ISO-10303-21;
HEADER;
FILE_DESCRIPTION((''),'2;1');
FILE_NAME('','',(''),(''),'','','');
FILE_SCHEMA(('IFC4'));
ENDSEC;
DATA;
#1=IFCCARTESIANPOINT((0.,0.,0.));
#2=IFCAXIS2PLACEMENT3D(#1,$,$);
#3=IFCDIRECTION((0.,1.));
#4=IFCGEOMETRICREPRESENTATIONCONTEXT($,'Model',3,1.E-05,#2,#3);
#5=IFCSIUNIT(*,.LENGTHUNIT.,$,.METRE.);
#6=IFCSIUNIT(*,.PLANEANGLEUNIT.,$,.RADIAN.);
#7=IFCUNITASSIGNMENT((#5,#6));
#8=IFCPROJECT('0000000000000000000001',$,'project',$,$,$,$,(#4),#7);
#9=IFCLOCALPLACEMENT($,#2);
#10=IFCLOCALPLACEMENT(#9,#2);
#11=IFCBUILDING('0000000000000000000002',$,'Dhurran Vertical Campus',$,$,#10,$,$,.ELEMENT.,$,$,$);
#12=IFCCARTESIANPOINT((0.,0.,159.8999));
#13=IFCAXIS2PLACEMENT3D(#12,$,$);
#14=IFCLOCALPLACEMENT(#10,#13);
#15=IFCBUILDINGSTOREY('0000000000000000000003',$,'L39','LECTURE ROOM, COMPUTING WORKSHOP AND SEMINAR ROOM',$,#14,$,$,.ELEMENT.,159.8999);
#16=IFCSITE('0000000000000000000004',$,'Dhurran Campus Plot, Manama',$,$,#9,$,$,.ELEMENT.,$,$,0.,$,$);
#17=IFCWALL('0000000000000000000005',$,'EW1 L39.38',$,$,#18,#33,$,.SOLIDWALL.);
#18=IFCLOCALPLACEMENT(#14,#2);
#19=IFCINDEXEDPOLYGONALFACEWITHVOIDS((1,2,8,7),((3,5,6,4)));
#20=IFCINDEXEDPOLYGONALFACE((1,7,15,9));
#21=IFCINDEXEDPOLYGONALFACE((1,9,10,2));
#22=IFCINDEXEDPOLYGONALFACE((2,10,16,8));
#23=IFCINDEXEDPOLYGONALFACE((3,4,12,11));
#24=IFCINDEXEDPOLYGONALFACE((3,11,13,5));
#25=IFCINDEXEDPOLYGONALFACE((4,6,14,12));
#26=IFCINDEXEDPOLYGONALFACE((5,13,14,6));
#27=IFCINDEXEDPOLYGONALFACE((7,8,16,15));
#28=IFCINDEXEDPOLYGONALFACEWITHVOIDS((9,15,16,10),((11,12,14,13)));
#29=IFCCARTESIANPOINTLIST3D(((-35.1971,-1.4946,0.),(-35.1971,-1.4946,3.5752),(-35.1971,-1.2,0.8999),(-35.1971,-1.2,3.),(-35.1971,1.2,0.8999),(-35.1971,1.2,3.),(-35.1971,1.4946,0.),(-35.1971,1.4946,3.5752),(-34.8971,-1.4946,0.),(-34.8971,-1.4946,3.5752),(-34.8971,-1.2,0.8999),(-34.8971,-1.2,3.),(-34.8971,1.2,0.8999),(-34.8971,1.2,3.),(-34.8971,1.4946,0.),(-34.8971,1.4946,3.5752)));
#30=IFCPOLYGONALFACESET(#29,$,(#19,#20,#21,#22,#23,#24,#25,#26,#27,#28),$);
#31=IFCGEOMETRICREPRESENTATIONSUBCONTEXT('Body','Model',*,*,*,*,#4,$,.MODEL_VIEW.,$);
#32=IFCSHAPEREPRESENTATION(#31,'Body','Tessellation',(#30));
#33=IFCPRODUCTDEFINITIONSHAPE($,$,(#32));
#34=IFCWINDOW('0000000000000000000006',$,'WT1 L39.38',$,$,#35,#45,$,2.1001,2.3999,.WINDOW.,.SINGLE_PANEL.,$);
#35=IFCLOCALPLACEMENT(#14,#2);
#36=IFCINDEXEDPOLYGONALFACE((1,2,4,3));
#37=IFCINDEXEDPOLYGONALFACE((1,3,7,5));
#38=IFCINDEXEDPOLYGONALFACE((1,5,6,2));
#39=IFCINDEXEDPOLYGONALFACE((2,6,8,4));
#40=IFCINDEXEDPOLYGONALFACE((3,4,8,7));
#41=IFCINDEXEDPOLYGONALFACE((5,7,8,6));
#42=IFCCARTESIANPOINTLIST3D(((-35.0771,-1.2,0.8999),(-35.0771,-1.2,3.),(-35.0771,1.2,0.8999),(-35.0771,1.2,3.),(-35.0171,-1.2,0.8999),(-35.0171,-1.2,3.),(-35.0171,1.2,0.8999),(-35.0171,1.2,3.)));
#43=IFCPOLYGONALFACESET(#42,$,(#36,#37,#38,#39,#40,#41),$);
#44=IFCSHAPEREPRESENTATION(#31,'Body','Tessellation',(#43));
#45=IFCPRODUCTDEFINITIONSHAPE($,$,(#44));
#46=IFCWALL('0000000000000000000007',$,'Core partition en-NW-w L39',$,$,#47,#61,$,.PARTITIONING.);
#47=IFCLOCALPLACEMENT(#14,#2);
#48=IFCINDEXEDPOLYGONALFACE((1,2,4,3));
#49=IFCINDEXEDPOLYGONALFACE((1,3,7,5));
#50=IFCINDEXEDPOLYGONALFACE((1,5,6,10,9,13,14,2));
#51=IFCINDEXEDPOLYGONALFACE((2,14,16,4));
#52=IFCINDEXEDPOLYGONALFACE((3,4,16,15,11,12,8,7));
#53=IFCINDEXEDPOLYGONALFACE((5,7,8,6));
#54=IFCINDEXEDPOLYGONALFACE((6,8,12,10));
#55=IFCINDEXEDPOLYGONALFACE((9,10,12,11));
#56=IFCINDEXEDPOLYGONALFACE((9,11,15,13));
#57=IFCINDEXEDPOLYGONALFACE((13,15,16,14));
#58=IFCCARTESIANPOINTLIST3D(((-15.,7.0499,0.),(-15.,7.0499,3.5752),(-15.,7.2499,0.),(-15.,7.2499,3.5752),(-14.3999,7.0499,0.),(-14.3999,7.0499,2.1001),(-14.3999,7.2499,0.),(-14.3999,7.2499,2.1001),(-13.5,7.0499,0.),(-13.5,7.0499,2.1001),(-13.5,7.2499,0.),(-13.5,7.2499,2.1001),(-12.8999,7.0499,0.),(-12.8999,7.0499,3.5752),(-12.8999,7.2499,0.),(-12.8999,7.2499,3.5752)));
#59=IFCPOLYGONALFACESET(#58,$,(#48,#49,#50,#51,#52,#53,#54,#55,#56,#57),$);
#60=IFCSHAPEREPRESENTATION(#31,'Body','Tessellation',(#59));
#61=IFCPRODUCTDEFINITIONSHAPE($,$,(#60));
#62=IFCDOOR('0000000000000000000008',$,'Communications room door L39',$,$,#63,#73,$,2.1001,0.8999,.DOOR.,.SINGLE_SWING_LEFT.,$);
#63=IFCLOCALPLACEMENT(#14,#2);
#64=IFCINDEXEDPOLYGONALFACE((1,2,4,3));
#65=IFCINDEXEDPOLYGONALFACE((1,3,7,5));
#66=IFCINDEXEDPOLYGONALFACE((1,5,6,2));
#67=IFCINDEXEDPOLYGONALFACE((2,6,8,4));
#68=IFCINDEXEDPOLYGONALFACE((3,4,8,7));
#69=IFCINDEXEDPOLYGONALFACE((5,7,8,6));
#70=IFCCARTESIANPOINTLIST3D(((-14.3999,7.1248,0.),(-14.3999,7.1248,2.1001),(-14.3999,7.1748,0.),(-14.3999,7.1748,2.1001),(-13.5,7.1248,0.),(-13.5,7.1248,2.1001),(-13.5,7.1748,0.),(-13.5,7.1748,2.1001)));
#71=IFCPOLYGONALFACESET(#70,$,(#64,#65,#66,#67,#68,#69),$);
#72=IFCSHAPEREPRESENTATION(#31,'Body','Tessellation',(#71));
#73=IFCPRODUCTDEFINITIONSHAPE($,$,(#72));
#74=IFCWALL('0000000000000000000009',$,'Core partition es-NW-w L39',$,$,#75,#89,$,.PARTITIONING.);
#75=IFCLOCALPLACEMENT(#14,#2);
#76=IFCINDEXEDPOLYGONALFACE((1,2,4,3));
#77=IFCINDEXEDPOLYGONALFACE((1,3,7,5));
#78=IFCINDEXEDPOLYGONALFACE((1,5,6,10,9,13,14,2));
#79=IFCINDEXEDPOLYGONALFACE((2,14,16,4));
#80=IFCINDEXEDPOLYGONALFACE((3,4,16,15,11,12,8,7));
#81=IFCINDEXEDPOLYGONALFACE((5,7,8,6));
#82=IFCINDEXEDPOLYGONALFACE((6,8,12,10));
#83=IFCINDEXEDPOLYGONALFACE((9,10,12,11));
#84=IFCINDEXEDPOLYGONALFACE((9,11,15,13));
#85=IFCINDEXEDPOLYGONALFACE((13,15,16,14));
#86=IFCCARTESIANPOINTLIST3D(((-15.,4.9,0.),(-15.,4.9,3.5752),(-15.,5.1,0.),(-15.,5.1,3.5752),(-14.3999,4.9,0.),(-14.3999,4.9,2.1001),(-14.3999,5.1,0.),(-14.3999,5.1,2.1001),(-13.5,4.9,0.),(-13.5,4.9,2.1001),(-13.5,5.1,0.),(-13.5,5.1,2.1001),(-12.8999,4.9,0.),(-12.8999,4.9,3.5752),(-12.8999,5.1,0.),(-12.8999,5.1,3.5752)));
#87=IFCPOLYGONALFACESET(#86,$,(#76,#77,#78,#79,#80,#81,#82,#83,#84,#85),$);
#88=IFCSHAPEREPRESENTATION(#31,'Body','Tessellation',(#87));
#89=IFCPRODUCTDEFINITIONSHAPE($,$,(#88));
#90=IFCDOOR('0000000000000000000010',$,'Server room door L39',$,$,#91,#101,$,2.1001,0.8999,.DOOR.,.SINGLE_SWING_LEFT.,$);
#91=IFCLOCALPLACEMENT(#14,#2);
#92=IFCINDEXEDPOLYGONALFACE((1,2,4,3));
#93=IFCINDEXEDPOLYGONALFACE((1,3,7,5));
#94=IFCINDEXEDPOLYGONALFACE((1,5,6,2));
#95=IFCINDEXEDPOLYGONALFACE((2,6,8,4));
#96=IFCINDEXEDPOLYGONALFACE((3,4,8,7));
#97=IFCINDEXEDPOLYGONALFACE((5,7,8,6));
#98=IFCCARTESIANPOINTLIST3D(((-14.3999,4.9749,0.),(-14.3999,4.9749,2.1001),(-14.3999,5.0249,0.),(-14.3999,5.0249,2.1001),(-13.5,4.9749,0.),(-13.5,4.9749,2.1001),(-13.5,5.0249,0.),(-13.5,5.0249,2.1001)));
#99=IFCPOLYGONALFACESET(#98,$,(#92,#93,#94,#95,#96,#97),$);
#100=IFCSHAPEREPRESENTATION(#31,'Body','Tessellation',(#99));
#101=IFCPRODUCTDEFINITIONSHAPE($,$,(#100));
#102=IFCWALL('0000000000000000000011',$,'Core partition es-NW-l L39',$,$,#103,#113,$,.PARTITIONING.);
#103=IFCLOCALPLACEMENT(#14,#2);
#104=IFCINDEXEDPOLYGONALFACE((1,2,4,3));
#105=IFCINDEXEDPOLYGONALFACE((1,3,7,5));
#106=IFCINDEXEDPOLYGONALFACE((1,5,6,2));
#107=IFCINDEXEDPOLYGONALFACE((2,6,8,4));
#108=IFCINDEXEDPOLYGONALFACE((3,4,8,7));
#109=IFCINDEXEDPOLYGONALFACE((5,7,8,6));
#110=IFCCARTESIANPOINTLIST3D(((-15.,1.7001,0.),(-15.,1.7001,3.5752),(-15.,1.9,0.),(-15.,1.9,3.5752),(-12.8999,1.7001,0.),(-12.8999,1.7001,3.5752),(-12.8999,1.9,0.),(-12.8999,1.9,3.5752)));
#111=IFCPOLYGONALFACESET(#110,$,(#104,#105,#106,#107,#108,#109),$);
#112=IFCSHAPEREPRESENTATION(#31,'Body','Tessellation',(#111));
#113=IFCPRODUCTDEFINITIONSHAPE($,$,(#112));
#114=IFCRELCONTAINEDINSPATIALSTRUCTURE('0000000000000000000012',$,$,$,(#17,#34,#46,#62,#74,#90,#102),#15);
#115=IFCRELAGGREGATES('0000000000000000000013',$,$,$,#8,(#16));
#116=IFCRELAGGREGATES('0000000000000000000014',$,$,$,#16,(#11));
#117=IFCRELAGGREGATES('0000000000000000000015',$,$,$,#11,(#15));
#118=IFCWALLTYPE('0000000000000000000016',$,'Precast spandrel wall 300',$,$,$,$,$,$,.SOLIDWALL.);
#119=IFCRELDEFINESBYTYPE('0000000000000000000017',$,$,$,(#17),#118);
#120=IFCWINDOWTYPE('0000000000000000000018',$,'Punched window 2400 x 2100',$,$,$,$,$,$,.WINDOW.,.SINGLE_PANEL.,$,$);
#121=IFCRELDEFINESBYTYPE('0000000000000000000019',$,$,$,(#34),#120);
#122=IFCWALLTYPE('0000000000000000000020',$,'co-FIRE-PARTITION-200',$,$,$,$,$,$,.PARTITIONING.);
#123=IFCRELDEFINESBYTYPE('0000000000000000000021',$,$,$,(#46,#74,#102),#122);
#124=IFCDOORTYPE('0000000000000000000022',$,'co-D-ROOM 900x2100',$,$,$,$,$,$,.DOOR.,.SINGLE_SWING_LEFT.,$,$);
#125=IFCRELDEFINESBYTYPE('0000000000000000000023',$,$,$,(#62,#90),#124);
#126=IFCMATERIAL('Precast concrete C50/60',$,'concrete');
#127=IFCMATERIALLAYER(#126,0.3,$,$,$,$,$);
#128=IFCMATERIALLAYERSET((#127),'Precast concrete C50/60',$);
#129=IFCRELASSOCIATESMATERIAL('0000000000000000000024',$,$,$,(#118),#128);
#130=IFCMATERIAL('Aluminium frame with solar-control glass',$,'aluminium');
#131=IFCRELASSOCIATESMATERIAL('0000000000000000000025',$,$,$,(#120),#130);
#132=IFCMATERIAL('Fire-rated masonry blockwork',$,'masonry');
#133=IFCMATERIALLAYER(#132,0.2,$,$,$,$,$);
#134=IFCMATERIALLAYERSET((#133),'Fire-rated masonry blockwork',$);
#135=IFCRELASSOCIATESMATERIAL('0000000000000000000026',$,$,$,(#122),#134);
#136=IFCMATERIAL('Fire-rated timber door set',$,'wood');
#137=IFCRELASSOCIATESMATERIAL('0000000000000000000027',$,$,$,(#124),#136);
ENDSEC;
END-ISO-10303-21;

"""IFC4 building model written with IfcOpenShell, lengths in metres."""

from ifc_helpers import new_model, si_unit, direction, frame, frame_2d, origin, place, context, subcontext, project, spatial, rectangle, extrude, material, layer, layer_set, type_object, element, fill, save


model = new_model("IFC4")

# Units and contexts
model_context = context("Model", 3, precision=1e-05, world=origin(), true_north=direction((0.0, 1.0)))
body_context = subcontext(model_context, "Body", "Model", "MODEL_VIEW")
ifc_project = project(units=[si_unit("LENGTHUNIT", "METRE"), si_unit("PLANEANGLEUNIT", "RADIAN")], contexts=[model_context])

# Site, building, storey
site_placement = place(None, origin())
site = spatial("IfcSite", under=ifc_project, at=site_placement, Name="Dhurran Campus Plot, Manama", CompositionType="ELEMENT", RefElevation=0.0)
building_placement = place(site_placement, origin())
building = spatial("IfcBuilding", under=site, at=building_placement, Name="Dhurran Vertical Campus", CompositionType="ELEMENT")
storey_placement = place(building_placement, frame((0.0, 0.0, 159.8999)))
storey = spatial("IfcBuildingStorey", under=building, at=storey_placement, Name="L39", Description="LECTURE ROOM, COMPUTING WORKSHOP AND SEMINAR ROOM", CompositionType="ELEMENT", Elevation=159.8999)

# Wall, opening, window
ifc_material_1 = material(Name="Precast concrete C50/60", Category="concrete")
ifc_layer_1 = layer(ifc_material_1, 0.3)
ifc_layer_set_1 = layer_set([ifc_layer_1], Name="Precast concrete C50/60")
wall_type_1 = type_object("IfcWallType", Name="Precast spandrel wall 300", PredefinedType="SOLIDWALL", material=ifc_layer_set_1)
ifc_material_2 = material(Name="Aluminium frame with solar-control glass", Category="aluminium")
window_type = type_object("IfcWindowType", Name="Punched window 2400 x 2100", PartitioningType="SINGLE_PANEL", PredefinedType="WINDOW", material=ifc_material_2)
wall_1_placement = place(storey_placement, frame((-35.0471, 1.4946, 0.0), z_axis=(0.0, 0.0, 1.0), x_axis=(0.0, -1.0, 0.0)))
wall_1 = element("IfcWall", 1, at=wall_1_placement, inside=storey, type_object=wall_type_1, Name="EW1 L39.38", PredefinedType="SOLIDWALL", context=body_context, shape_type="SweptSolid", body=[
    extrude(rectangle(XDim=2.9893, YDim=0.3, at=frame_2d((1.4946, 0.0))), origin(), (0.0, 0.0, 1.0), 3.5752),
])
opening_1_placement = place(wall_1_placement, frame((0.2947, 0.0, 0.8999)))
opening_1 = element("IfcOpeningElement", 2, at=opening_1_placement, cuts=wall_1, PredefinedType="OPENING", context=body_context, shape_type="SweptSolid", body=[
    extrude(rectangle(XDim=2.3999, YDim=2.1001, at=frame_2d((1.2, 1.05))), frame((0.0, 0.1599, 0.0), z_axis=(0.0, -1.0, 0.0), x_axis=(1.0, 0.0, 0.0)), (0.0, 0.0, 1.0), 0.3201),
])
window_1_placement = place(opening_1_placement, origin())
window_1 = element("IfcWindow", 3, at=window_1_placement, inside=storey, type_object=window_type, Name="WT1 L39.38", OverallHeight=2.1001, OverallWidth=2.3999, PartitioningType="SINGLE_PANEL", PredefinedType="WINDOW", context=body_context, shape_type="SweptSolid", body=[
    extrude(rectangle(XDim=2.3999, YDim=2.1001, at=frame_2d((1.2, 1.05))), frame((0.0, 0.03, 0.0), z_axis=(0.0, -1.0, 0.0), x_axis=(1.0, 0.0, 0.0)), (0.0, 0.0, 1.0), 0.0601),
])
fill(opening_1, window_1)

# Walls, openings, doors
ifc_material_3 = material(Name="Fire-rated masonry blockwork", Category="masonry")
ifc_layer_2 = layer(ifc_material_3, 0.2)
ifc_layer_set_2 = layer_set([ifc_layer_2], Name="Fire-rated masonry blockwork")
wall_type_2 = type_object("IfcWallType", Name="co-FIRE-PARTITION-200", PredefinedType="PARTITIONING", material=ifc_layer_set_2)
wall_2_placement = place(storey_placement, frame((-15.0, 7.1499, 0.0), z_axis=(0.0, 0.0, 1.0), x_axis=(1.0, 0.0, 0.0)))
wall_2 = element("IfcWall", 4, at=wall_2_placement, inside=storey, type_object=wall_type_2, Name="Core partition en-NW-w L39", PredefinedType="PARTITIONING", context=body_context, shape_type="SweptSolid", body=[
    extrude(rectangle(XDim=2.1001, YDim=0.2, at=frame_2d((1.05, 0.0))), origin(), (0.0, 0.0, 1.0), 3.5752),
])
opening_2_placement = place(wall_2_placement, frame((0.6001, 0.0, 0.0)))
opening_2 = element("IfcOpeningElement", 5, at=opening_2_placement, cuts=wall_2, PredefinedType="OPENING", context=body_context, shape_type="SweptSolid", body=[
    extrude(rectangle(XDim=0.8999, YDim=2.1001, at=frame_2d((0.45, 1.05))), frame((0.0, 0.1099, 0.0), z_axis=(0.0, -1.0, 0.0), x_axis=(1.0, 0.0, 0.0)), (0.0, 0.0, 1.0), 0.22),
])
ifc_material_4 = material(Name="Fire-rated timber door set", Category="wood")
door_type_1 = type_object("IfcDoorType", Name="co-D-ROOM 900x2100", OperationType="SINGLE_SWING_LEFT", PredefinedType="DOOR", material=ifc_material_4)
door_1_placement = place(opening_2_placement, origin())
door_1 = element("IfcDoor", 6, at=door_1_placement, inside=storey, type_object=door_type_1, Name="Communications room door L39", OperationType="SINGLE_SWING_LEFT", OverallHeight=2.1001, OverallWidth=0.8999, PredefinedType="DOOR", context=body_context, shape_type="SweptSolid", body=[
    extrude(rectangle(XDim=0.8999, YDim=2.1001, at=frame_2d((0.45, 1.05))), frame((0.0, 0.0249, 0.0), z_axis=(0.0, -1.0, 0.0), x_axis=(1.0, 0.0, 0.0)), (0.0, 0.0, 1.0), 0.05),
])
fill(opening_2, door_1)
wall_3_placement = place(storey_placement, frame((-15.0, 5.0, 0.0), z_axis=(0.0, 0.0, 1.0), x_axis=(1.0, 0.0, 0.0)))
wall_3 = element("IfcWall", 7, at=wall_3_placement, inside=storey, type_object=wall_type_2, Name="Core partition es-NW-w L39", PredefinedType="PARTITIONING", context=body_context, shape_type="SweptSolid", body=[
    extrude(rectangle(XDim=2.1001, YDim=0.2, at=frame_2d((1.05, 0.0))), origin(), (0.0, 0.0, 1.0), 3.5752),
])
opening_3_placement = place(wall_3_placement, frame((0.6001, 0.0, 0.0)))
opening_3 = element("IfcOpeningElement", 8, at=opening_3_placement, cuts=wall_3, PredefinedType="OPENING", context=body_context, shape_type="SweptSolid", body=[
    extrude(rectangle(XDim=0.8999, YDim=2.1001, at=frame_2d((0.45, 1.05))), frame((0.0, 0.1099, 0.0), z_axis=(0.0, -1.0, 0.0), x_axis=(1.0, 0.0, 0.0)), (0.0, 0.0, 1.0), 0.22),
])
door_2_placement = place(opening_3_placement, origin())
door_2 = element("IfcDoor", 9, at=door_2_placement, inside=storey, type_object=door_type_1, Name="Server room door L39", OperationType="SINGLE_SWING_LEFT", OverallHeight=2.1001, OverallWidth=0.8999, PredefinedType="DOOR", context=body_context, shape_type="SweptSolid", body=[
    extrude(rectangle(XDim=0.8999, YDim=2.1001, at=frame_2d((0.45, 1.05))), frame((0.0, 0.0249, 0.0), z_axis=(0.0, -1.0, 0.0), x_axis=(1.0, 0.0, 0.0)), (0.0, 0.0, 1.0), 0.05),
])
fill(opening_3, door_2)

# Wall
wall_4_placement = place(storey_placement, frame((-15.0, 1.8, 0.0), z_axis=(0.0, 0.0, 1.0), x_axis=(1.0, 0.0, 0.0)))
element("IfcWall", 10, at=wall_4_placement, inside=storey, type_object=wall_type_2, Name="Core partition es-NW-l L39", PredefinedType="PARTITIONING", context=body_context, shape_type="SweptSolid", body=[
    extrude(rectangle(XDim=2.1001, YDim=0.2, at=frame_2d((1.05, 0.0))), origin(), (0.0, 0.0, 1.0), 3.5752),
])

save(model, "model.ifc")
